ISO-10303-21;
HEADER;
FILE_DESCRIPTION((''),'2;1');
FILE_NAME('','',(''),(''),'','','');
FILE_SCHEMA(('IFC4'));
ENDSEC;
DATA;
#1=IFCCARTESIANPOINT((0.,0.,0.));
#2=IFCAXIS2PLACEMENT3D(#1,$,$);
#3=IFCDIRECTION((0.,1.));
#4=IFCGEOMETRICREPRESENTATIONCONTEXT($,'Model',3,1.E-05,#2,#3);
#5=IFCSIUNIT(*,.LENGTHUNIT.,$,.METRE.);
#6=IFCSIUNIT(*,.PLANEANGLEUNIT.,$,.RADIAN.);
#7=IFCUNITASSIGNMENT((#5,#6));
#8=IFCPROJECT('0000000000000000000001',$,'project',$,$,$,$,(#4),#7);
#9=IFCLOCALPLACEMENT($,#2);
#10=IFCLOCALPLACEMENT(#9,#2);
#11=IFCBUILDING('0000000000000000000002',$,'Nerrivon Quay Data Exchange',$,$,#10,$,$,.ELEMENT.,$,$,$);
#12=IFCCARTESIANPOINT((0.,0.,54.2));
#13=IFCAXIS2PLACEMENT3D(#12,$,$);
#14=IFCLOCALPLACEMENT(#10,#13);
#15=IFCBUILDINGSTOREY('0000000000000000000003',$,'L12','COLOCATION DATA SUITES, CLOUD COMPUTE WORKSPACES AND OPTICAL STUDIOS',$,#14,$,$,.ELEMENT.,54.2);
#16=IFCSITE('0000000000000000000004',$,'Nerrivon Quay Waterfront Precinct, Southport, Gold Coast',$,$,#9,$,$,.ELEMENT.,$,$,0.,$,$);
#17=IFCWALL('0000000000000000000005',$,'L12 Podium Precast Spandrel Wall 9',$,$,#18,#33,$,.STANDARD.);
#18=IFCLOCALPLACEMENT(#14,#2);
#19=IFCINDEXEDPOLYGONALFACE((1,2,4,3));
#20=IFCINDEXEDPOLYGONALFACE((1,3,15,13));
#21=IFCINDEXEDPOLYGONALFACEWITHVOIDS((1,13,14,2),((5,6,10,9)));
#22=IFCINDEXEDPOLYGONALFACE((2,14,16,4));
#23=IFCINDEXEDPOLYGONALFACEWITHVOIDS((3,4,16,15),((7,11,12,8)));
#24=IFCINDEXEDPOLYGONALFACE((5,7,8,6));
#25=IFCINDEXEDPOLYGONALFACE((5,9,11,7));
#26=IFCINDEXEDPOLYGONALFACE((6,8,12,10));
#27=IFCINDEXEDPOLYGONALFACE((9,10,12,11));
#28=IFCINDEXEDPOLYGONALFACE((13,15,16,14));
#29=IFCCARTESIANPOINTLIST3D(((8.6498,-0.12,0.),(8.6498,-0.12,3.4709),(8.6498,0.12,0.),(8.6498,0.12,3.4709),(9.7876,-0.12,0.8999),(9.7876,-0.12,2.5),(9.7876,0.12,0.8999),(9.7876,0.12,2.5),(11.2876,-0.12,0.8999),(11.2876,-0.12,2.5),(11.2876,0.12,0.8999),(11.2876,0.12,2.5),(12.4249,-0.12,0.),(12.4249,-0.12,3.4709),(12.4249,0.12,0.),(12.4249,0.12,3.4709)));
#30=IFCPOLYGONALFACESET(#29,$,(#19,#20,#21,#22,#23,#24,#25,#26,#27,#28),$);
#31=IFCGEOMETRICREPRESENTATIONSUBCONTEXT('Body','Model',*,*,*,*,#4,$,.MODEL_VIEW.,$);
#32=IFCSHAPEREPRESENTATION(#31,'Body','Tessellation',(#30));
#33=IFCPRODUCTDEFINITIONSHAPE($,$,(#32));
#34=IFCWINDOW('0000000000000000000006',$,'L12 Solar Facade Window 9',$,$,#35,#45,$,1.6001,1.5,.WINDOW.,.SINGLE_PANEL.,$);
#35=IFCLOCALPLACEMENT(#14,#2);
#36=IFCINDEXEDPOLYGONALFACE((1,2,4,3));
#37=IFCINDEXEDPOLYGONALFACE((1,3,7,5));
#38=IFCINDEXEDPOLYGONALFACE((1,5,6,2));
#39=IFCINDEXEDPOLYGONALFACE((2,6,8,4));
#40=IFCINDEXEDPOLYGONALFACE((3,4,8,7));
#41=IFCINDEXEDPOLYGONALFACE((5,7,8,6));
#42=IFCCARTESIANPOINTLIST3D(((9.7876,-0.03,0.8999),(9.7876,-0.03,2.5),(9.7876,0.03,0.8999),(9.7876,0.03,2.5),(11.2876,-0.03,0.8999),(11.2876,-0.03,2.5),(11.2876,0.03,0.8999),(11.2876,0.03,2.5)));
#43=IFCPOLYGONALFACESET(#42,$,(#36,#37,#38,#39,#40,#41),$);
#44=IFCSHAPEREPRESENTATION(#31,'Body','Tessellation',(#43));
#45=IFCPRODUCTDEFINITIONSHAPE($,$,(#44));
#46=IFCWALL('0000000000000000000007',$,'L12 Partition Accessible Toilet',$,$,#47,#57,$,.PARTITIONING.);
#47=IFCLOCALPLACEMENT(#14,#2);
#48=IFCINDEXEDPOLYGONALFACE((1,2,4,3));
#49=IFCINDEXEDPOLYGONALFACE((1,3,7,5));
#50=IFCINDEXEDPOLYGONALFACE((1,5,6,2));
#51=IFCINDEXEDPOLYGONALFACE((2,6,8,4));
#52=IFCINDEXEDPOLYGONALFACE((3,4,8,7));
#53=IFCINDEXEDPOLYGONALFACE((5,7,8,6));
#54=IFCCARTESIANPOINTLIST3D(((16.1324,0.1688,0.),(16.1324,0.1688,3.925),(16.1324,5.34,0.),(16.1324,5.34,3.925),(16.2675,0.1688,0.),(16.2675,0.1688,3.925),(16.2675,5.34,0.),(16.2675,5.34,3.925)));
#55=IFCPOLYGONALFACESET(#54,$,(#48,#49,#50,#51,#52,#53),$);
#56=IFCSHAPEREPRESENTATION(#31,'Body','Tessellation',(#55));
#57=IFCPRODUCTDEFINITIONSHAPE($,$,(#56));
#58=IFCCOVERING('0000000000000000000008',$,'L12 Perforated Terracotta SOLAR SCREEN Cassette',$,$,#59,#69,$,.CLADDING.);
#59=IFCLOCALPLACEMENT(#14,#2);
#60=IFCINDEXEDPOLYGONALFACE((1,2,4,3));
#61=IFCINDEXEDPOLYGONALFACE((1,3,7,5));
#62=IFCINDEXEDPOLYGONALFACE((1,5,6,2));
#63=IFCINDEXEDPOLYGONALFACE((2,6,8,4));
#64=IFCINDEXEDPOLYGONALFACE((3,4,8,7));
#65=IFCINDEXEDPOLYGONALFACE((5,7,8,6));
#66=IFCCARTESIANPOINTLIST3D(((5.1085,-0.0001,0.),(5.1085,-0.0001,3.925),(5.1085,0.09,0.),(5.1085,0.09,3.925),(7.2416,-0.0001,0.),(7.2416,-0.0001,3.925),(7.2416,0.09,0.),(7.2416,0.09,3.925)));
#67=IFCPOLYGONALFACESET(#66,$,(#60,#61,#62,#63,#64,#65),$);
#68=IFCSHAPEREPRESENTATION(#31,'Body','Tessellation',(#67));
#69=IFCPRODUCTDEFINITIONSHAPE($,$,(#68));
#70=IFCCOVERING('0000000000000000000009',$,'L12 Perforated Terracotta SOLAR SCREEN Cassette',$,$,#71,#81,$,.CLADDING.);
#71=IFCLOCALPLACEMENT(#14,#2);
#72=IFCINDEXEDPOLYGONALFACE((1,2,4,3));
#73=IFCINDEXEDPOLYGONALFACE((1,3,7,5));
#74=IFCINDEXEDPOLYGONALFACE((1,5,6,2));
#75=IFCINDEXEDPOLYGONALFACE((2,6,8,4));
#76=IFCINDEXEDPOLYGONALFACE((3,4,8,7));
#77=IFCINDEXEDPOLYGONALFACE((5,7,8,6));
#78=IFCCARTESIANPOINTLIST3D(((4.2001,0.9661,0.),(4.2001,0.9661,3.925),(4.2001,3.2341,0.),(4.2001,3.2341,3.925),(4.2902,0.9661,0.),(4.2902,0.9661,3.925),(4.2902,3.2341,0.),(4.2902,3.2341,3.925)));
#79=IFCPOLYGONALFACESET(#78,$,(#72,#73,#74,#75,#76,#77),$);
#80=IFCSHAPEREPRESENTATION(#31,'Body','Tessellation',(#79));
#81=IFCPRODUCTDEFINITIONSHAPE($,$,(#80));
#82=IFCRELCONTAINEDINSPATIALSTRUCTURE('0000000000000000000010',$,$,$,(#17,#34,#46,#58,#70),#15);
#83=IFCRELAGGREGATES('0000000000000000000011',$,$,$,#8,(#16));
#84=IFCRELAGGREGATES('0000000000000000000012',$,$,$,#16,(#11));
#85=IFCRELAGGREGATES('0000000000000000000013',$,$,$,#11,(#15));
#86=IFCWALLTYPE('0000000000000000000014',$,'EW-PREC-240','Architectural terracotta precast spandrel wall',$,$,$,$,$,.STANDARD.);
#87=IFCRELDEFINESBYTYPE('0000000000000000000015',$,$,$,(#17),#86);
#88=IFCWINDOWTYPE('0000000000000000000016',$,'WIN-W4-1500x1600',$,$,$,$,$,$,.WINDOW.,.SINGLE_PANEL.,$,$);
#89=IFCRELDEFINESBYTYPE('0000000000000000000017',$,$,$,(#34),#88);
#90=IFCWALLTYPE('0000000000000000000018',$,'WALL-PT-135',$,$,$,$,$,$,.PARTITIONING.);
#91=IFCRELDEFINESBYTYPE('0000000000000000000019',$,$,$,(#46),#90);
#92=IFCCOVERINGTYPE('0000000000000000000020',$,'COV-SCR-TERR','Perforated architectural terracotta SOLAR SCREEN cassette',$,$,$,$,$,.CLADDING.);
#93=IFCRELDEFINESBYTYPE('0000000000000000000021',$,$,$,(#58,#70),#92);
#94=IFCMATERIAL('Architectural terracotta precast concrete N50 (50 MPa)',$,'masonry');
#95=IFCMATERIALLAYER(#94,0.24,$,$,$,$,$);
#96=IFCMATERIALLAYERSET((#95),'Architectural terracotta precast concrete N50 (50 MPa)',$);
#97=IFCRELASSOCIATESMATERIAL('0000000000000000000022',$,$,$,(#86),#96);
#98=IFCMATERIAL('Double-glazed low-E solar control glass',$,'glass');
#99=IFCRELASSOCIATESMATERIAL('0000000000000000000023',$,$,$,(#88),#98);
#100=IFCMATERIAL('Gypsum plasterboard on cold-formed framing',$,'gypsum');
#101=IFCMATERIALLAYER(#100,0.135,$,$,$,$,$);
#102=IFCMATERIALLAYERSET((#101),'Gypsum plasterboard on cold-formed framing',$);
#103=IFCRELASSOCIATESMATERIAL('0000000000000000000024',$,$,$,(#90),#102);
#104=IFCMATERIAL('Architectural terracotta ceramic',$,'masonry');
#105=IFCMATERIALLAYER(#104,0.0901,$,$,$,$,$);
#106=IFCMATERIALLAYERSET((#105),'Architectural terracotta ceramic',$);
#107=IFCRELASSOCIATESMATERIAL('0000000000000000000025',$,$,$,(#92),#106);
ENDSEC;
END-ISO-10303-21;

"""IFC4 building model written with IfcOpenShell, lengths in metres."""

from ifc_helpers import new_model, si_unit, direction, frame, frame_2d, origin, origin_2d, place, context, subcontext, project, spatial, rectangle, extrude, material, layer, layer_set, type_object, element, fill, save


model = new_model("IFC4")

# Units and contexts
model_context = context("Model", 3, precision=1e-05, world=origin(), true_north=direction((0.0, 1.0)))
body_context = subcontext(model_context, "Body", "Model", "MODEL_VIEW")
ifc_project = project(units=[si_unit("LENGTHUNIT", "METRE"), si_unit("PLANEANGLEUNIT", "RADIAN")], contexts=[model_context])

# Site, building, storey
site_placement = place(None, origin())
site = spatial("IfcSite", under=ifc_project, at=site_placement, Name="Nerrivon Quay Waterfront Precinct, Southport, Gold Coast", CompositionType="ELEMENT", RefElevation=0.0)
building_placement = place(site_placement, origin())
building = spatial("IfcBuilding", under=site, at=building_placement, Name="Nerrivon Quay Data Exchange", CompositionType="ELEMENT")
storey_placement = place(building_placement, frame((0.0, 0.0, 54.2)))
storey = spatial("IfcBuildingStorey", under=building, at=storey_placement, Name="L12", Description="COLOCATION DATA SUITES, CLOUD COMPUTE WORKSPACES AND OPTICAL STUDIOS", CompositionType="ELEMENT", Elevation=54.2)

# Shared definitions
ifc_material_1 = material(Name="Double-glazed low-E solar control glass", Category="glass")

# Wall, opening, window
ifc_material_2 = material(Name="Architectural terracotta precast concrete N50 (50 MPa)", Category="masonry")
ifc_layer_1 = layer(ifc_material_2, 0.24)
ifc_layer_set_1 = layer_set([ifc_layer_1], Name="Architectural terracotta precast concrete N50 (50 MPa)")
wall_type_1 = type_object("IfcWallType", Name="EW-PREC-240", Description="Architectural terracotta precast spandrel wall", PredefinedType="STANDARD", material=ifc_layer_set_1)
wall_1_placement = place(storey_placement, frame((12.425, 0.0, 0.0), z_axis=(0.0, 0.0, 1.0), x_axis=(-1.0, 0.0, 0.0)))
wall_1 = element("IfcWall", 1, at=wall_1_placement, inside=storey, type_object=wall_type_1, Name="L12 Podium Precast Spandrel Wall 9", PredefinedType="STANDARD", context=body_context, shape_type="SweptSolid", body=[
    extrude(rectangle(XDim=3.7751, YDim=0.24, at=frame_2d((1.8877, 0.0))), origin(), (0.0, 0.0, 1.0), 3.4709),
])
opening_placement = place(wall_1_placement, frame((1.1375, 0.0, 0.8999)))
opening = element("IfcOpeningElement", 2, at=opening_placement, cuts=wall_1, PredefinedType="OPENING", context=body_context, shape_type="SweptSolid", body=[
    extrude(rectangle(XDim=1.5, YDim=1.6001, at=frame_2d((0.75, 0.8))), frame((0.0, 0.1299, 0.0), z_axis=(0.0, -1.0, 0.0), x_axis=(1.0, 0.0, 0.0)), (0.0, 0.0, 1.0), 0.26),
])
window_type = type_object("IfcWindowType", Name="WIN-W4-1500x1600", PartitioningType="SINGLE_PANEL", PredefinedType="WINDOW", material=ifc_material_1)
window_placement = place(opening_placement, origin())
window = element("IfcWindow", 3, at=window_placement, inside=storey, type_object=window_type, Name="L12 Solar Facade Window 9", OverallHeight=1.6001, OverallWidth=1.5, PartitioningType="SINGLE_PANEL", PredefinedType="WINDOW", context=body_context, shape_type="SweptSolid", body=[
    extrude(rectangle(XDim=1.5, YDim=1.6001, at=frame_2d((0.75, 0.8))), frame((0.0, 0.03, 0.0), z_axis=(0.0, -1.0, 0.0), x_axis=(1.0, 0.0, 0.0)), (0.0, 0.0, 1.0), 0.0601),
])
fill(opening, window)

# Wall
ifc_material_3 = material(Name="Gypsum plasterboard on cold-formed framing", Category="gypsum")
ifc_layer_2 = layer(ifc_material_3, 0.135)
ifc_layer_set_2 = layer_set([ifc_layer_2], Name="Gypsum plasterboard on cold-formed framing")
wall_type_2 = type_object("IfcWallType", Name="WALL-PT-135", PredefinedType="PARTITIONING", material=ifc_layer_set_2)
wall_2_placement = place(storey_placement, frame((16.2, 0.1689, 0.0), z_axis=(0.0, 0.0, 1.0), x_axis=(0.0, 1.0, 0.0)))
element("IfcWall", 4, at=wall_2_placement, inside=storey, type_object=wall_type_2, Name="L12 Partition Accessible Toilet", PredefinedType="PARTITIONING", context=body_context, shape_type="SweptSolid", body=[
    extrude(rectangle(XDim=5.1711, YDim=0.135, at=frame_2d((2.5854, 0.0))), origin(), (0.0, 0.0, 1.0), 3.925),
])

# Coverings
ifc_material_4 = material(Name="Architectural terracotta ceramic", Category="masonry")
ifc_layer_3 = layer(ifc_material_4, 0.0901)
ifc_layer_set_3 = layer_set([ifc_layer_3], Name="Architectural terracotta ceramic")
covering_type = type_object("IfcCoveringType", Name="COV-SCR-TERR", Description="Perforated architectural terracotta SOLAR SCREEN cassette", PredefinedType="CLADDING", material=ifc_layer_set_3)
covering_1_placement = place(storey_placement, frame((6.175, 0.0449, 0.0), z_axis=(0.0, 0.0, 1.0), x_axis=(-1.0, 0.0, 0.0)))
element("IfcCovering", 5, at=covering_1_placement, inside=storey, type_object=covering_type, Name="L12 Perforated Terracotta SOLAR SCREEN Cassette", PredefinedType="CLADDING", context=body_context, shape_type="SweptSolid", body=[
    extrude(rectangle(XDim=2.1331, YDim=0.0901, at=origin_2d()), origin(), (0.0, 0.0, 1.0), 3.925),
])
covering_2_placement = place(storey_placement, frame((4.2451, 2.1001, 0.0), z_axis=(0.0, 0.0, 1.0), x_axis=(0.0, 1.0, 0.0)))
element("IfcCovering", 6, at=covering_2_placement, inside=storey, type_object=covering_type, Name="L12 Perforated Terracotta SOLAR SCREEN Cassette", PredefinedType="CLADDING", context=body_context, shape_type="SweptSolid", body=[
    extrude(rectangle(XDim=2.2681, YDim=0.0901, at=origin_2d()), origin(), (0.0, 0.0, 1.0), 3.925),
])

save(model, "model.ifc")
